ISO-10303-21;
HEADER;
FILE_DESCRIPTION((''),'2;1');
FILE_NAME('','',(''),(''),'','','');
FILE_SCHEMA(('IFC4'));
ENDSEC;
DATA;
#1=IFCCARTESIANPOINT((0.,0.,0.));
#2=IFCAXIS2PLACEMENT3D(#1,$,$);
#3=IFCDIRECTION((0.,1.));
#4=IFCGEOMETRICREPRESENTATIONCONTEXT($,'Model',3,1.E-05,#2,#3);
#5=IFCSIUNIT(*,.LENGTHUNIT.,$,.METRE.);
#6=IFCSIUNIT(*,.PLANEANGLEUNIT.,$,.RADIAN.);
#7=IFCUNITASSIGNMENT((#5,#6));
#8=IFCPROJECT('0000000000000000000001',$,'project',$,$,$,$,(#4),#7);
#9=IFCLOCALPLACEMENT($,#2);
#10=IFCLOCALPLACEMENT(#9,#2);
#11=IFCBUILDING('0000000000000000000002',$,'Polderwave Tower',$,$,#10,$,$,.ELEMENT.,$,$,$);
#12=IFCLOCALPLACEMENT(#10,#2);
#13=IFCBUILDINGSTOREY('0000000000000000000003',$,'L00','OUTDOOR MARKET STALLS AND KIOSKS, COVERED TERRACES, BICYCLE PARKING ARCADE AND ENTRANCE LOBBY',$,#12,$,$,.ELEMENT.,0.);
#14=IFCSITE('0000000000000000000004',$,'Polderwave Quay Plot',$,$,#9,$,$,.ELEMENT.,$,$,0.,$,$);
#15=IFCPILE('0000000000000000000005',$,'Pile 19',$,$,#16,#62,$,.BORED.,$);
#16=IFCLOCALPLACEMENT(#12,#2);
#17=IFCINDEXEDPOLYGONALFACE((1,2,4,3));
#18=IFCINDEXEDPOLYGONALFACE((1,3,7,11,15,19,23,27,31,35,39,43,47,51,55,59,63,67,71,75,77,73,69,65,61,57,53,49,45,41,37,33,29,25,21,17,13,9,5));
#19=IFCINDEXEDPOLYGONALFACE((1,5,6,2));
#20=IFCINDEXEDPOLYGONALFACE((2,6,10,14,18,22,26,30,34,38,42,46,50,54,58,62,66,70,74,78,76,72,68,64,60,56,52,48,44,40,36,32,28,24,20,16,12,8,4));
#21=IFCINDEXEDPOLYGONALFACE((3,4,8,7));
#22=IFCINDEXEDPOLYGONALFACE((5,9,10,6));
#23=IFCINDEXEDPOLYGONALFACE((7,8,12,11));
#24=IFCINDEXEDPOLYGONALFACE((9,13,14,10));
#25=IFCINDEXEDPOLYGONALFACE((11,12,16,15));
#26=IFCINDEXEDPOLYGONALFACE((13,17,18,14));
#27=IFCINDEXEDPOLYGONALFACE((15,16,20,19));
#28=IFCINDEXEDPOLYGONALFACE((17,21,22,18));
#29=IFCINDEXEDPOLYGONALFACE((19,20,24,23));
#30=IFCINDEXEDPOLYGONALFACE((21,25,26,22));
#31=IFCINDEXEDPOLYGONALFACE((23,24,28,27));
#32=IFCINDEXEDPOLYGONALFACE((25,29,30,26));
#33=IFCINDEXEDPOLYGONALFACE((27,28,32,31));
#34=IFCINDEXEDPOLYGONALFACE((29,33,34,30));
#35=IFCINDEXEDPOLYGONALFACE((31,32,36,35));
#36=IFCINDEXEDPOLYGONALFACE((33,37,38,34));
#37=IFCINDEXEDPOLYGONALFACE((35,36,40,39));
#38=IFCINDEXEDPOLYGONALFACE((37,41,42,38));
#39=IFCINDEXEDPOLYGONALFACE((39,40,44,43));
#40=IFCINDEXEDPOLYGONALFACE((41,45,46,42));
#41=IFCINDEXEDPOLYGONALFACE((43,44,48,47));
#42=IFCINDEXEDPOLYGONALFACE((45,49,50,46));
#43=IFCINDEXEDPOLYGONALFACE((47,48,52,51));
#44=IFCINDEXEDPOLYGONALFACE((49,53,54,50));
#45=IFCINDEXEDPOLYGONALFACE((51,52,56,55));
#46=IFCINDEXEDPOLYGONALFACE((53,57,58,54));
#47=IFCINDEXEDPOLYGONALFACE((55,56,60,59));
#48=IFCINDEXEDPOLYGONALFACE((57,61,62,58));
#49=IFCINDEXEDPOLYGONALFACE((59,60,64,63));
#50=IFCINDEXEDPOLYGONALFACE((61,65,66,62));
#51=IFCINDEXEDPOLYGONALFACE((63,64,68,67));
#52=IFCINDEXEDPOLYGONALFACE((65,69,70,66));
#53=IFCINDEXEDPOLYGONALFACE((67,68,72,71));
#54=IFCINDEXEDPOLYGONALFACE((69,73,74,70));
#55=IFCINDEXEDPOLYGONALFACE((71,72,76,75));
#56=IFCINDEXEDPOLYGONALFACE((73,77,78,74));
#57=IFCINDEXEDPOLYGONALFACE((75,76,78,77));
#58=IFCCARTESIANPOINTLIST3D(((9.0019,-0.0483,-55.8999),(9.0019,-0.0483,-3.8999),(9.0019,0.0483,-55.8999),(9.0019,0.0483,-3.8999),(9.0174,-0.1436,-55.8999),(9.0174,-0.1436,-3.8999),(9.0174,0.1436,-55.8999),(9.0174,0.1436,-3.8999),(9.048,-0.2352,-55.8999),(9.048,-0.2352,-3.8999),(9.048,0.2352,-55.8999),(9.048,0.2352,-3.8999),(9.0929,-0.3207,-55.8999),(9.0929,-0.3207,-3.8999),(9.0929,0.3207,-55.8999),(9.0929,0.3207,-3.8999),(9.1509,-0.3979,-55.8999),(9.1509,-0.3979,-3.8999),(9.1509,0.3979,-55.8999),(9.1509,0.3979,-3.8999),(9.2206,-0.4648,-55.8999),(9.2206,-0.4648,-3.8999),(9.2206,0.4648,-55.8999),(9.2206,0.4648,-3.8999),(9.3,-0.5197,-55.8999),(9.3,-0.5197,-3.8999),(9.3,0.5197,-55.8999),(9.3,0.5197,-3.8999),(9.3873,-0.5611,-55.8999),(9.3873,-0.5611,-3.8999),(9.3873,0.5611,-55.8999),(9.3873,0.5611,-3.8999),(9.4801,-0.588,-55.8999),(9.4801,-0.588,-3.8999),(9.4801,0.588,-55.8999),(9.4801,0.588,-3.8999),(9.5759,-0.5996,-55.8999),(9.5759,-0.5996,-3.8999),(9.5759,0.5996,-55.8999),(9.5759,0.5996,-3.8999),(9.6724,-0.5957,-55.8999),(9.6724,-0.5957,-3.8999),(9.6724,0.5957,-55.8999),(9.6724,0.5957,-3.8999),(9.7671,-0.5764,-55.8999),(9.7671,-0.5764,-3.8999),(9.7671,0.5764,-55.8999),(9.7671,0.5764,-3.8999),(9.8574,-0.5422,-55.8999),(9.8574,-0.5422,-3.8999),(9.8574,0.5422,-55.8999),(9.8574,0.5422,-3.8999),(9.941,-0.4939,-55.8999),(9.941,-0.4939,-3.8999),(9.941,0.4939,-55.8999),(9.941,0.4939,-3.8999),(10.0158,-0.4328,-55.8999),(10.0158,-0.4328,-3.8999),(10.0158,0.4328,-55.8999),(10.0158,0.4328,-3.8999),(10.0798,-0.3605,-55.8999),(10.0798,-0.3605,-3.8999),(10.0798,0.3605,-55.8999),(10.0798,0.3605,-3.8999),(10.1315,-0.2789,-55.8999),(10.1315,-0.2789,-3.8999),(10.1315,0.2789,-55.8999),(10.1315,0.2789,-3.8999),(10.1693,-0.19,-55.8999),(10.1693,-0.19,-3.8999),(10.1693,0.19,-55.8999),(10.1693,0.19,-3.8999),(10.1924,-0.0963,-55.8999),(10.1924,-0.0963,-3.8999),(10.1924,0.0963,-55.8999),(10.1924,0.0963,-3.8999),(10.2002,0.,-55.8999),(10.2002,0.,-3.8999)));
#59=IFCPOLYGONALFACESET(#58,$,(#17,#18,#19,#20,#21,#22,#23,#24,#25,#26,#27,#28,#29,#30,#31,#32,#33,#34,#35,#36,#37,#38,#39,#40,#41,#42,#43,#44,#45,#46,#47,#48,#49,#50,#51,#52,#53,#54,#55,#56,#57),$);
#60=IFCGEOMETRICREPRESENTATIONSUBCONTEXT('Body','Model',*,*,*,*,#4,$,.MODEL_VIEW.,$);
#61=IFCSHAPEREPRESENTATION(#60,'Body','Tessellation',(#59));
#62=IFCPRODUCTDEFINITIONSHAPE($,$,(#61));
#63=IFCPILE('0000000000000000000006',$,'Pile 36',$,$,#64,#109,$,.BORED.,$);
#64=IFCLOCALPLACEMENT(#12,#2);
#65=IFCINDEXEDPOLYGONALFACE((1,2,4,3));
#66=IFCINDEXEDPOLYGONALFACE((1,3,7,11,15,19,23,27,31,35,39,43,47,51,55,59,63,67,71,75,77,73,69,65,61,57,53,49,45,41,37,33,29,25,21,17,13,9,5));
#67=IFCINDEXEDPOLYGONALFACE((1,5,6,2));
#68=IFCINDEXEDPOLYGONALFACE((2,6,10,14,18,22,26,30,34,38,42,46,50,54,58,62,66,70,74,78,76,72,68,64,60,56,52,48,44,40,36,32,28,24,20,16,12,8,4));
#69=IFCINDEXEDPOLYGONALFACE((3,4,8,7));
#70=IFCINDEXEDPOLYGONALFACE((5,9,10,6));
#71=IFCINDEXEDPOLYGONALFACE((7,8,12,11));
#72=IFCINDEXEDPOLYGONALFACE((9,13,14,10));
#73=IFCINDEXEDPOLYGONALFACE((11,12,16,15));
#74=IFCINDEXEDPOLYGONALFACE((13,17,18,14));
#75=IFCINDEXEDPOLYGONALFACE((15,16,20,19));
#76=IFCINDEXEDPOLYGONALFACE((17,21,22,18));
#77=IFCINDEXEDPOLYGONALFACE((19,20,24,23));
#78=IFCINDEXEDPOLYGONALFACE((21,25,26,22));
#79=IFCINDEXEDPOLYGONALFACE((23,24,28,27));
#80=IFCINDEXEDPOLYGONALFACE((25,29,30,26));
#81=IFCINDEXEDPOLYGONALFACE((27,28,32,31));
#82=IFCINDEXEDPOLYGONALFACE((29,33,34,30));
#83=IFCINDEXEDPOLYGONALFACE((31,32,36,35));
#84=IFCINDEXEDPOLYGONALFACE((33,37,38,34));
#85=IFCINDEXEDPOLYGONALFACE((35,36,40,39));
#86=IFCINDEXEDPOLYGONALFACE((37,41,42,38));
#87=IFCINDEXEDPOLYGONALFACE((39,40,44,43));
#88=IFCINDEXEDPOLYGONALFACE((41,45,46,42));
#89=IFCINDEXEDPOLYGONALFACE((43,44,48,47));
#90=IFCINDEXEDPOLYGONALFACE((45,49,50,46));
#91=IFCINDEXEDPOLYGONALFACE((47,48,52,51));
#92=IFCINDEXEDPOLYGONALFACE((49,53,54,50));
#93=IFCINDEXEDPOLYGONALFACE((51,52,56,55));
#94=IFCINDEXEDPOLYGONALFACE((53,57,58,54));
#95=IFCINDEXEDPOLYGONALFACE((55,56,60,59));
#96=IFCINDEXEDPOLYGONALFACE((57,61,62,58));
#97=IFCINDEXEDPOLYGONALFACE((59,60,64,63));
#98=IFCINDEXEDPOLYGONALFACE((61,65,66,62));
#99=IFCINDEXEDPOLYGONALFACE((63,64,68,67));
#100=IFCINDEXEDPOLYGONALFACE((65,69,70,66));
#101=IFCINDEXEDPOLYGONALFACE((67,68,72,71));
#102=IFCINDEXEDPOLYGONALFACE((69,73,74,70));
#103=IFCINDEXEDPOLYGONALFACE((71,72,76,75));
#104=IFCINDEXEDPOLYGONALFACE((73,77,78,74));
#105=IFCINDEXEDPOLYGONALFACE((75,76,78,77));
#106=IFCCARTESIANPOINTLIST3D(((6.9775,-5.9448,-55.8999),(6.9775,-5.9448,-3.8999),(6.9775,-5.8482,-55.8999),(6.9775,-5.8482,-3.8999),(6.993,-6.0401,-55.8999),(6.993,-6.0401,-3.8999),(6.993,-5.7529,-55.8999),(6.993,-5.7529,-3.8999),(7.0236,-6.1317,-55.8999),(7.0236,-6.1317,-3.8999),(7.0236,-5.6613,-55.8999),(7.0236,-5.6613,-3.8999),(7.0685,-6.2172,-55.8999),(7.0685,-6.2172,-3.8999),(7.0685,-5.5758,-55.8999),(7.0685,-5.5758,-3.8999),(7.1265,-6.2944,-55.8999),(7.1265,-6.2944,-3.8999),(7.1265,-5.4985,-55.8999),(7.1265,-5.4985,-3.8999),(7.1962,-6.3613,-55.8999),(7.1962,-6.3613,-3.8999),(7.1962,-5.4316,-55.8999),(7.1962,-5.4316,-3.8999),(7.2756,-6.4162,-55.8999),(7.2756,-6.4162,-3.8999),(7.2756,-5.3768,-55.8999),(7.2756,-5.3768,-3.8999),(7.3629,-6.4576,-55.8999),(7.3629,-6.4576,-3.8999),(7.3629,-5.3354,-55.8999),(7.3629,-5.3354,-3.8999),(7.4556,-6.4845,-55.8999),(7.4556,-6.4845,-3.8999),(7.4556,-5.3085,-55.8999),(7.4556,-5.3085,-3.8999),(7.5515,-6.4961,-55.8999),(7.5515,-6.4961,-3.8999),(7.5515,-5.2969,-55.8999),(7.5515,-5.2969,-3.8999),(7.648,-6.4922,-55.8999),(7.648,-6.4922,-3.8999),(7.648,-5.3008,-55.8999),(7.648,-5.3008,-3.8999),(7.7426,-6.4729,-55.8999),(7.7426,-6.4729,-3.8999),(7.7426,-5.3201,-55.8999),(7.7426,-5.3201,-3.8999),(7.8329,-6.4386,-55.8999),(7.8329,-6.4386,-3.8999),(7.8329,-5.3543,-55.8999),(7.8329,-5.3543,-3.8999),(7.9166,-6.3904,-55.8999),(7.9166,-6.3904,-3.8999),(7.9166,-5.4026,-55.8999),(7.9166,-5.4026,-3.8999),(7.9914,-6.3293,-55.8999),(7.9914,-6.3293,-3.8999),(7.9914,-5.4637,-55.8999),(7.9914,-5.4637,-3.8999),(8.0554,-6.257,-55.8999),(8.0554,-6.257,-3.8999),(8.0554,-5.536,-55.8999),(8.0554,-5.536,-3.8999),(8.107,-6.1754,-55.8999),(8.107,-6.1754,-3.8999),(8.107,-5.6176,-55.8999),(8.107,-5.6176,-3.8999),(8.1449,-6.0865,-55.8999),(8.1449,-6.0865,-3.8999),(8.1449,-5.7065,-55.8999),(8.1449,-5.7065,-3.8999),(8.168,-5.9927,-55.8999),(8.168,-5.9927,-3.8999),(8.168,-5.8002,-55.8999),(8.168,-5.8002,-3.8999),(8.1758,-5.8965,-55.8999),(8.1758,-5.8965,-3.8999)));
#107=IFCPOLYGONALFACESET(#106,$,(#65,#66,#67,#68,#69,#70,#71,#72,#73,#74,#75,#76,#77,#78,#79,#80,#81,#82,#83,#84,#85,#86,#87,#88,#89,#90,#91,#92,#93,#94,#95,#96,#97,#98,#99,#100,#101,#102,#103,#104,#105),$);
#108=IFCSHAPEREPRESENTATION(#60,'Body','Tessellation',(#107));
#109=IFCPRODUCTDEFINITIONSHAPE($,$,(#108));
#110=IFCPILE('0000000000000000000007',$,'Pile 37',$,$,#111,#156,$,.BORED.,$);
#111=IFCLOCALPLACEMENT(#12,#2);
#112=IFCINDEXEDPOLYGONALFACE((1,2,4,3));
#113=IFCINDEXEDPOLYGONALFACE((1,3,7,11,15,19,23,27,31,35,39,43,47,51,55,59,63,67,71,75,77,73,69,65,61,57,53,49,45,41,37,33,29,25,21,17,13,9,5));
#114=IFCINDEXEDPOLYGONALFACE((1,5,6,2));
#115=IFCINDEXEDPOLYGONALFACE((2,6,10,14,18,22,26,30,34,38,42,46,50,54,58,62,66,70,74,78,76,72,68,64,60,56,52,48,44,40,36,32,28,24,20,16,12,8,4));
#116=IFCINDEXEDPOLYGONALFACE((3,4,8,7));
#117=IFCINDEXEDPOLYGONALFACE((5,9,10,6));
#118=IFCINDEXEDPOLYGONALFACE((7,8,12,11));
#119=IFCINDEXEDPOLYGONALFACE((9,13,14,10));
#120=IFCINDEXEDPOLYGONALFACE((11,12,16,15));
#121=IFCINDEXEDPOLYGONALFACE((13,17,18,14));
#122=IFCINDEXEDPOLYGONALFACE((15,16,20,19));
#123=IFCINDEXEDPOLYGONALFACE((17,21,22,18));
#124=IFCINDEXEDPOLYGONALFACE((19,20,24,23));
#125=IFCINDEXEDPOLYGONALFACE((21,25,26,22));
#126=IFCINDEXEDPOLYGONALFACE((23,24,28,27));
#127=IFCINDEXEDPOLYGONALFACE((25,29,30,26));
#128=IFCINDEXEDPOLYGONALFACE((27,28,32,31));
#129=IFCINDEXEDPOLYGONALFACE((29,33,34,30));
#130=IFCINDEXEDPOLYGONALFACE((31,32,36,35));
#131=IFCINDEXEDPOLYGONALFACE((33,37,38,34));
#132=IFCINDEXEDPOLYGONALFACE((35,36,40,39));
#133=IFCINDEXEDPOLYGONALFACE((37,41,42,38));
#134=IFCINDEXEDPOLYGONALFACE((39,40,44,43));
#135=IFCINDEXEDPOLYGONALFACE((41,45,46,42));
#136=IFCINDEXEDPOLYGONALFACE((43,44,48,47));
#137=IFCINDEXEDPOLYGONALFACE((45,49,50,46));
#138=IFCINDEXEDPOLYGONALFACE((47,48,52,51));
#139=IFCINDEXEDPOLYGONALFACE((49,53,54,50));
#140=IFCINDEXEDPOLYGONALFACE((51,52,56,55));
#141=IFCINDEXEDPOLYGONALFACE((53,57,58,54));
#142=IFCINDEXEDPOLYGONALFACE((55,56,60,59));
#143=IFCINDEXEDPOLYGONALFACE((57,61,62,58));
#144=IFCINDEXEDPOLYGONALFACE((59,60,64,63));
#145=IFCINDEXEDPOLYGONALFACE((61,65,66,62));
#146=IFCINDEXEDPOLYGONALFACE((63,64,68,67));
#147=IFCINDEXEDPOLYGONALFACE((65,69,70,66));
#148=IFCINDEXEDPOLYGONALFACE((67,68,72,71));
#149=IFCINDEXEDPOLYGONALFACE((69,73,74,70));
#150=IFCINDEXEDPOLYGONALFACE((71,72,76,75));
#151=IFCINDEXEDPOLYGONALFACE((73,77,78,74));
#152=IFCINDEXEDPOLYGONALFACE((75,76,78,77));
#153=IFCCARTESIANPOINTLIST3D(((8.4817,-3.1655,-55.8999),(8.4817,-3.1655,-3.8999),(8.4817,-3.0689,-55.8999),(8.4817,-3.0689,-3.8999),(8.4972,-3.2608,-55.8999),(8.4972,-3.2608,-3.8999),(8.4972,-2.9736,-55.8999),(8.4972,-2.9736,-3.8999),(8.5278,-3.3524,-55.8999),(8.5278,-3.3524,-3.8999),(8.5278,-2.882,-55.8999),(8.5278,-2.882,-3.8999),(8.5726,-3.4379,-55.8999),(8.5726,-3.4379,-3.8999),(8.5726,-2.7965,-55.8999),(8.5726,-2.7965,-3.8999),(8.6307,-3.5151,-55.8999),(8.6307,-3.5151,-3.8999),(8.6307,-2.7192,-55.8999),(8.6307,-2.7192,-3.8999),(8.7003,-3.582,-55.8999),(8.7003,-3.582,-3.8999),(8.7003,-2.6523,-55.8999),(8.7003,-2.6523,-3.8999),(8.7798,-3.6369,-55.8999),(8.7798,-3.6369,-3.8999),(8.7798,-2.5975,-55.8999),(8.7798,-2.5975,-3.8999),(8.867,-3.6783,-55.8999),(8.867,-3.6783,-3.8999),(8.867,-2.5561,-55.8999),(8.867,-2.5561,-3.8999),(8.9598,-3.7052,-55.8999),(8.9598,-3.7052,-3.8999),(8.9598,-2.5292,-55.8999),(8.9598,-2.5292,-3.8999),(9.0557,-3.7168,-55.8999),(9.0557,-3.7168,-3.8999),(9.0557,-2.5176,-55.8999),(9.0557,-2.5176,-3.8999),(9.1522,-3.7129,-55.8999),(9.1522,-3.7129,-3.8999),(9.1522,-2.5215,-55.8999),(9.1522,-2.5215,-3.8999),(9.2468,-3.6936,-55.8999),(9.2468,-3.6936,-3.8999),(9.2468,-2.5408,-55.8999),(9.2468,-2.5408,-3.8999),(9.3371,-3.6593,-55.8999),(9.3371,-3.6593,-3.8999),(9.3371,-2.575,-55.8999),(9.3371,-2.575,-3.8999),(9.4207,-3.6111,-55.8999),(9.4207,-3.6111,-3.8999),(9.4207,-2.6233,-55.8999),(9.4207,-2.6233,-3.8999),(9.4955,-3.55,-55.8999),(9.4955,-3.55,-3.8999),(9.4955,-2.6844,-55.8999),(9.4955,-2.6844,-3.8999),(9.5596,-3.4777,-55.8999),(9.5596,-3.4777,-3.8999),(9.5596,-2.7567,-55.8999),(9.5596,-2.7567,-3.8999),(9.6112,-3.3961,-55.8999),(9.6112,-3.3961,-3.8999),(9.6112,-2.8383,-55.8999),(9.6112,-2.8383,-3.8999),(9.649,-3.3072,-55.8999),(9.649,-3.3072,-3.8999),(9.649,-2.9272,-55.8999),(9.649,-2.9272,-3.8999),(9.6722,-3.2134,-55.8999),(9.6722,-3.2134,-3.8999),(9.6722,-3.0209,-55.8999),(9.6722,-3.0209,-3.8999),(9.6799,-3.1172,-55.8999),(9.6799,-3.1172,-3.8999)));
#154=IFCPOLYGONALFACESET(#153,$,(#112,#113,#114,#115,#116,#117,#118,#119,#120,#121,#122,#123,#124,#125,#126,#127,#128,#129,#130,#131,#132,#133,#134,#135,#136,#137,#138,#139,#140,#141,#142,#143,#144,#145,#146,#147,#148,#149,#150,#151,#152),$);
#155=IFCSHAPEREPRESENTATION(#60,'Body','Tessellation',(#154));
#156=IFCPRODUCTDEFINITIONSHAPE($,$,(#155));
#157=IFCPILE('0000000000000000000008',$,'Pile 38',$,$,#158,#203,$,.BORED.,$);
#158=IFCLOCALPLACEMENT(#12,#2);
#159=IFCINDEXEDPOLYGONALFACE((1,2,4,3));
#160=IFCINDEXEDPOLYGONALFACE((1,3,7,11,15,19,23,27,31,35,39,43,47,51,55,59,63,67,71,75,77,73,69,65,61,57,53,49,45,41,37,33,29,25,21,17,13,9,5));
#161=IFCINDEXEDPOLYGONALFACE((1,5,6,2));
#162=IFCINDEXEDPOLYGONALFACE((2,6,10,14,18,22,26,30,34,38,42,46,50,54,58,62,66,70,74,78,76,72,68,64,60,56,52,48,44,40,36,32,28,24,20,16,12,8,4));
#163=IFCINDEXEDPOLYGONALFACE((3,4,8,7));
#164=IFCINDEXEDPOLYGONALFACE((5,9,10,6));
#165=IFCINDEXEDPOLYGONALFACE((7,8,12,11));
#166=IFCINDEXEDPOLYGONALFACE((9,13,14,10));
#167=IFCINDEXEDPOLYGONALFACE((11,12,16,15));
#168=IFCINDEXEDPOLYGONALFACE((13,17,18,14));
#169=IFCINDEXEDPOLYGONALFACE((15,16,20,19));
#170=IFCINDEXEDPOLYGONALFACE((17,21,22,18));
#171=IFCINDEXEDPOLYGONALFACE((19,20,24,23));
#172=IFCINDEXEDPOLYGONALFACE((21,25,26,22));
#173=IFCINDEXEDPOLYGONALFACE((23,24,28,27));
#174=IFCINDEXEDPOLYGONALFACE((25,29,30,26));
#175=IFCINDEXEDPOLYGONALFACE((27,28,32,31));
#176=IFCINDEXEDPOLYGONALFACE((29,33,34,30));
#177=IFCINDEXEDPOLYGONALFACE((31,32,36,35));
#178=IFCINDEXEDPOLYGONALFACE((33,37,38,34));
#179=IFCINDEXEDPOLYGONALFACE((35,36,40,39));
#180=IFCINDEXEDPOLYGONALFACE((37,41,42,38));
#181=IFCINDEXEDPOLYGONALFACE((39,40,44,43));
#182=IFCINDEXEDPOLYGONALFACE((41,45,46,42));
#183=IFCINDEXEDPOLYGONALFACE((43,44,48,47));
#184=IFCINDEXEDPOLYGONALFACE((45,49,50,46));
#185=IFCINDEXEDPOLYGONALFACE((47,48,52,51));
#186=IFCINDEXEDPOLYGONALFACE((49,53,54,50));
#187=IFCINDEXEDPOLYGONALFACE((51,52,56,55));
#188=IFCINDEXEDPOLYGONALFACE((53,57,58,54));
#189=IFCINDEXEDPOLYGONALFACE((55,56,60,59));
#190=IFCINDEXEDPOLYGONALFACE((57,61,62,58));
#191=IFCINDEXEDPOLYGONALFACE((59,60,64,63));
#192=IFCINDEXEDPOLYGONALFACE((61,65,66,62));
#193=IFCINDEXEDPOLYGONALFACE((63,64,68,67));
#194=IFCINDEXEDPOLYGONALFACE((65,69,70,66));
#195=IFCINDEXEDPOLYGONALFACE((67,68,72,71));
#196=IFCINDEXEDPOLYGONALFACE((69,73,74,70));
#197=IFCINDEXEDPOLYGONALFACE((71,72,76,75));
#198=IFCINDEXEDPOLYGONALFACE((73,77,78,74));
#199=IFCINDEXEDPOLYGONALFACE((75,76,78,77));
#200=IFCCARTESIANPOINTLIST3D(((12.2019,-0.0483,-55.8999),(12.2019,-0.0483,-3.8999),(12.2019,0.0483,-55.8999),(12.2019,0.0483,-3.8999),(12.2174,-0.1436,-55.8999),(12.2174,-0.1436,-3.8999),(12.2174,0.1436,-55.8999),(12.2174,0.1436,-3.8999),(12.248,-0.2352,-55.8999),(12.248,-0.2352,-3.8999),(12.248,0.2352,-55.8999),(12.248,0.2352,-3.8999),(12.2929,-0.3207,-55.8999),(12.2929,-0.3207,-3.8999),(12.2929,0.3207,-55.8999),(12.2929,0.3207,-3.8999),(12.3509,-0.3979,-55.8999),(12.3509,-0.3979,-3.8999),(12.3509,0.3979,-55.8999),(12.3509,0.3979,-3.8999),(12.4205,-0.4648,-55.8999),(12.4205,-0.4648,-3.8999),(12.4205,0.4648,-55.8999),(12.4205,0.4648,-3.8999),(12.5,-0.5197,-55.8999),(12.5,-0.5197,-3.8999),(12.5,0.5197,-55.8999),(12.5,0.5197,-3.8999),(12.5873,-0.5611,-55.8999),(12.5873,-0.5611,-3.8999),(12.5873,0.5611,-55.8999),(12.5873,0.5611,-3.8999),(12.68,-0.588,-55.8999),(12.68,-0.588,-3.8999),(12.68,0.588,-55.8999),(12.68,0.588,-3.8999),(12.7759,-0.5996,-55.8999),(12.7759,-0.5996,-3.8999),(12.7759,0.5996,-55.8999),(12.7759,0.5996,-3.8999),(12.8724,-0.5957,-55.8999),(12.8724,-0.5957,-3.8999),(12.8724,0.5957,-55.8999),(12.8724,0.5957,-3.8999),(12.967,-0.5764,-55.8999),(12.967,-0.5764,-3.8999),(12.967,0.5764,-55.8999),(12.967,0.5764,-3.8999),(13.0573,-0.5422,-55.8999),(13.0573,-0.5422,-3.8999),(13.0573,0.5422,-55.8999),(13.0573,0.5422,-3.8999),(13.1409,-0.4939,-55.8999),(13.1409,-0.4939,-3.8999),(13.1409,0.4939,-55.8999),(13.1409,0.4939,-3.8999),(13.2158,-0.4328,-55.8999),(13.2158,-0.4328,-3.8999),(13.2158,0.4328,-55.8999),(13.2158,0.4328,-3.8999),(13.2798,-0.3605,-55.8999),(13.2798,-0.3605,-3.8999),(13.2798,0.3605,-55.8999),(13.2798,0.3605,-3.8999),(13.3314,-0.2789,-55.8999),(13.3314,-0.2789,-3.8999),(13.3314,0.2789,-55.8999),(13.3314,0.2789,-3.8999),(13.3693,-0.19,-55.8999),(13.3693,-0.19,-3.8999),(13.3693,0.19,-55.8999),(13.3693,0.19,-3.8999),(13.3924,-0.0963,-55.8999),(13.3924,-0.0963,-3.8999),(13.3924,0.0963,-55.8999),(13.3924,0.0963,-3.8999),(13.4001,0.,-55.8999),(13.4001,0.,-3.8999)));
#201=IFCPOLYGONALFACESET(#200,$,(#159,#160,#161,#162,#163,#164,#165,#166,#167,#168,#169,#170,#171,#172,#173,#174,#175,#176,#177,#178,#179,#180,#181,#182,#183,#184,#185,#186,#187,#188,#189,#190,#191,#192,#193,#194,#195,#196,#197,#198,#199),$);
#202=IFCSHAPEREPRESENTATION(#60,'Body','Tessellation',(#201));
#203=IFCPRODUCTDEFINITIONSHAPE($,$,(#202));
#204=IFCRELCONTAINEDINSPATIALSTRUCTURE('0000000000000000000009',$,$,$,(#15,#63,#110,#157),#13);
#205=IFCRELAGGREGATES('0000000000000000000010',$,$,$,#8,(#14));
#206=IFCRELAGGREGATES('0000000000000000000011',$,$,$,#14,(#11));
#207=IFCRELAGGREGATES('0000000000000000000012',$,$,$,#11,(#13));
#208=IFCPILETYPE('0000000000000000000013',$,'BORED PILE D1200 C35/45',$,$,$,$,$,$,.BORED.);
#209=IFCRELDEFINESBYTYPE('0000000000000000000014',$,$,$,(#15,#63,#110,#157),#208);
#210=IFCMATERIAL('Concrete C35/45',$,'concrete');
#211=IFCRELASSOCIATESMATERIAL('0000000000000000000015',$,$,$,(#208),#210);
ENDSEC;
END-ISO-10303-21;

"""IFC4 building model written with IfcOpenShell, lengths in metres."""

from ifc_helpers import new_model, si_unit, direction, frame, origin, origin_2d, place, context, subcontext, project, spatial, circle, extrude, material, material_profile, profile_set, type_object, element, save


model = new_model("IFC4")

# Units and contexts
model_context = context("Model", 3, precision=1e-05, world=origin(), true_north=direction((0.0, 1.0)))
body_context = subcontext(model_context, "Body", "Model", "MODEL_VIEW")
ifc_project = project(units=[si_unit("LENGTHUNIT", "METRE"), si_unit("PLANEANGLEUNIT", "RADIAN")], contexts=[model_context])

# Site, building, storey
site_placement = place(None, origin())
site = spatial("IfcSite", under=ifc_project, at=site_placement, Name="Polderwave Quay Plot", CompositionType="ELEMENT", RefElevation=0.0)
building_placement = place(site_placement, origin())
building = spatial("IfcBuilding", under=site, at=building_placement, Name="Polderwave Tower", CompositionType="ELEMENT")
storey_placement = place(building_placement, origin())
storey = spatial("IfcBuildingStorey", under=building, at=storey_placement, Name="L00", Description="OUTDOOR MARKET STALLS AND KIOSKS, COVERED TERRACES, BICYCLE PARKING ARCADE AND ENTRANCE LOBBY", CompositionType="ELEMENT", Elevation=0.0)

# Piles
ifc_material_1 = material(Name="Concrete C35/45", Category="concrete")
ifc_material_profile_1 = material_profile(ifc_material_1, circle(Radius=0.6001, at=origin_2d()), Name="BORED D1200")
ifc_profile_set_1 = profile_set([ifc_material_profile_1], Name="Concrete C35/45")
pile_type = type_object("IfcPileType", Name="BORED PILE D1200 C35/45", PredefinedType="BORED", material=ifc_profile_set_1)
for number, where, z_axis, x_axis, name in (
    (1, (9.6001, 0.0, -3.8999), (0.0, 0.0, -1.0), (1.0, 0.0, 0.0), "Pile 19"),
    (2, (7.5757, -5.8965, -3.8999), (0.0, 0.0, -1.0), (1.0, 0.0, 0.0), "Pile 36"),
    (3, (9.0798, -3.1172, -3.8999), (0.0, 0.0, -1.0), (1.0, 0.0, 0.0), "Pile 37"),
    (4, (12.8, 0.0, -3.8999), (0.0, 0.0, -1.0), (1.0, 0.0, 0.0), "Pile 38"),
):
    element("IfcPile", number, at=place(storey_placement, frame(where, z_axis=z_axis, x_axis=x_axis)), inside=storey, type_object=pile_type, Name=name, PredefinedType="BORED", context=body_context, shape_type="SweptSolid", body=[
        extrude(circle(Radius=0.6001, at=origin_2d()), origin(), (0.0, 0.0, 1.0), 52.0),
    ])

save(model, "model.ifc")
